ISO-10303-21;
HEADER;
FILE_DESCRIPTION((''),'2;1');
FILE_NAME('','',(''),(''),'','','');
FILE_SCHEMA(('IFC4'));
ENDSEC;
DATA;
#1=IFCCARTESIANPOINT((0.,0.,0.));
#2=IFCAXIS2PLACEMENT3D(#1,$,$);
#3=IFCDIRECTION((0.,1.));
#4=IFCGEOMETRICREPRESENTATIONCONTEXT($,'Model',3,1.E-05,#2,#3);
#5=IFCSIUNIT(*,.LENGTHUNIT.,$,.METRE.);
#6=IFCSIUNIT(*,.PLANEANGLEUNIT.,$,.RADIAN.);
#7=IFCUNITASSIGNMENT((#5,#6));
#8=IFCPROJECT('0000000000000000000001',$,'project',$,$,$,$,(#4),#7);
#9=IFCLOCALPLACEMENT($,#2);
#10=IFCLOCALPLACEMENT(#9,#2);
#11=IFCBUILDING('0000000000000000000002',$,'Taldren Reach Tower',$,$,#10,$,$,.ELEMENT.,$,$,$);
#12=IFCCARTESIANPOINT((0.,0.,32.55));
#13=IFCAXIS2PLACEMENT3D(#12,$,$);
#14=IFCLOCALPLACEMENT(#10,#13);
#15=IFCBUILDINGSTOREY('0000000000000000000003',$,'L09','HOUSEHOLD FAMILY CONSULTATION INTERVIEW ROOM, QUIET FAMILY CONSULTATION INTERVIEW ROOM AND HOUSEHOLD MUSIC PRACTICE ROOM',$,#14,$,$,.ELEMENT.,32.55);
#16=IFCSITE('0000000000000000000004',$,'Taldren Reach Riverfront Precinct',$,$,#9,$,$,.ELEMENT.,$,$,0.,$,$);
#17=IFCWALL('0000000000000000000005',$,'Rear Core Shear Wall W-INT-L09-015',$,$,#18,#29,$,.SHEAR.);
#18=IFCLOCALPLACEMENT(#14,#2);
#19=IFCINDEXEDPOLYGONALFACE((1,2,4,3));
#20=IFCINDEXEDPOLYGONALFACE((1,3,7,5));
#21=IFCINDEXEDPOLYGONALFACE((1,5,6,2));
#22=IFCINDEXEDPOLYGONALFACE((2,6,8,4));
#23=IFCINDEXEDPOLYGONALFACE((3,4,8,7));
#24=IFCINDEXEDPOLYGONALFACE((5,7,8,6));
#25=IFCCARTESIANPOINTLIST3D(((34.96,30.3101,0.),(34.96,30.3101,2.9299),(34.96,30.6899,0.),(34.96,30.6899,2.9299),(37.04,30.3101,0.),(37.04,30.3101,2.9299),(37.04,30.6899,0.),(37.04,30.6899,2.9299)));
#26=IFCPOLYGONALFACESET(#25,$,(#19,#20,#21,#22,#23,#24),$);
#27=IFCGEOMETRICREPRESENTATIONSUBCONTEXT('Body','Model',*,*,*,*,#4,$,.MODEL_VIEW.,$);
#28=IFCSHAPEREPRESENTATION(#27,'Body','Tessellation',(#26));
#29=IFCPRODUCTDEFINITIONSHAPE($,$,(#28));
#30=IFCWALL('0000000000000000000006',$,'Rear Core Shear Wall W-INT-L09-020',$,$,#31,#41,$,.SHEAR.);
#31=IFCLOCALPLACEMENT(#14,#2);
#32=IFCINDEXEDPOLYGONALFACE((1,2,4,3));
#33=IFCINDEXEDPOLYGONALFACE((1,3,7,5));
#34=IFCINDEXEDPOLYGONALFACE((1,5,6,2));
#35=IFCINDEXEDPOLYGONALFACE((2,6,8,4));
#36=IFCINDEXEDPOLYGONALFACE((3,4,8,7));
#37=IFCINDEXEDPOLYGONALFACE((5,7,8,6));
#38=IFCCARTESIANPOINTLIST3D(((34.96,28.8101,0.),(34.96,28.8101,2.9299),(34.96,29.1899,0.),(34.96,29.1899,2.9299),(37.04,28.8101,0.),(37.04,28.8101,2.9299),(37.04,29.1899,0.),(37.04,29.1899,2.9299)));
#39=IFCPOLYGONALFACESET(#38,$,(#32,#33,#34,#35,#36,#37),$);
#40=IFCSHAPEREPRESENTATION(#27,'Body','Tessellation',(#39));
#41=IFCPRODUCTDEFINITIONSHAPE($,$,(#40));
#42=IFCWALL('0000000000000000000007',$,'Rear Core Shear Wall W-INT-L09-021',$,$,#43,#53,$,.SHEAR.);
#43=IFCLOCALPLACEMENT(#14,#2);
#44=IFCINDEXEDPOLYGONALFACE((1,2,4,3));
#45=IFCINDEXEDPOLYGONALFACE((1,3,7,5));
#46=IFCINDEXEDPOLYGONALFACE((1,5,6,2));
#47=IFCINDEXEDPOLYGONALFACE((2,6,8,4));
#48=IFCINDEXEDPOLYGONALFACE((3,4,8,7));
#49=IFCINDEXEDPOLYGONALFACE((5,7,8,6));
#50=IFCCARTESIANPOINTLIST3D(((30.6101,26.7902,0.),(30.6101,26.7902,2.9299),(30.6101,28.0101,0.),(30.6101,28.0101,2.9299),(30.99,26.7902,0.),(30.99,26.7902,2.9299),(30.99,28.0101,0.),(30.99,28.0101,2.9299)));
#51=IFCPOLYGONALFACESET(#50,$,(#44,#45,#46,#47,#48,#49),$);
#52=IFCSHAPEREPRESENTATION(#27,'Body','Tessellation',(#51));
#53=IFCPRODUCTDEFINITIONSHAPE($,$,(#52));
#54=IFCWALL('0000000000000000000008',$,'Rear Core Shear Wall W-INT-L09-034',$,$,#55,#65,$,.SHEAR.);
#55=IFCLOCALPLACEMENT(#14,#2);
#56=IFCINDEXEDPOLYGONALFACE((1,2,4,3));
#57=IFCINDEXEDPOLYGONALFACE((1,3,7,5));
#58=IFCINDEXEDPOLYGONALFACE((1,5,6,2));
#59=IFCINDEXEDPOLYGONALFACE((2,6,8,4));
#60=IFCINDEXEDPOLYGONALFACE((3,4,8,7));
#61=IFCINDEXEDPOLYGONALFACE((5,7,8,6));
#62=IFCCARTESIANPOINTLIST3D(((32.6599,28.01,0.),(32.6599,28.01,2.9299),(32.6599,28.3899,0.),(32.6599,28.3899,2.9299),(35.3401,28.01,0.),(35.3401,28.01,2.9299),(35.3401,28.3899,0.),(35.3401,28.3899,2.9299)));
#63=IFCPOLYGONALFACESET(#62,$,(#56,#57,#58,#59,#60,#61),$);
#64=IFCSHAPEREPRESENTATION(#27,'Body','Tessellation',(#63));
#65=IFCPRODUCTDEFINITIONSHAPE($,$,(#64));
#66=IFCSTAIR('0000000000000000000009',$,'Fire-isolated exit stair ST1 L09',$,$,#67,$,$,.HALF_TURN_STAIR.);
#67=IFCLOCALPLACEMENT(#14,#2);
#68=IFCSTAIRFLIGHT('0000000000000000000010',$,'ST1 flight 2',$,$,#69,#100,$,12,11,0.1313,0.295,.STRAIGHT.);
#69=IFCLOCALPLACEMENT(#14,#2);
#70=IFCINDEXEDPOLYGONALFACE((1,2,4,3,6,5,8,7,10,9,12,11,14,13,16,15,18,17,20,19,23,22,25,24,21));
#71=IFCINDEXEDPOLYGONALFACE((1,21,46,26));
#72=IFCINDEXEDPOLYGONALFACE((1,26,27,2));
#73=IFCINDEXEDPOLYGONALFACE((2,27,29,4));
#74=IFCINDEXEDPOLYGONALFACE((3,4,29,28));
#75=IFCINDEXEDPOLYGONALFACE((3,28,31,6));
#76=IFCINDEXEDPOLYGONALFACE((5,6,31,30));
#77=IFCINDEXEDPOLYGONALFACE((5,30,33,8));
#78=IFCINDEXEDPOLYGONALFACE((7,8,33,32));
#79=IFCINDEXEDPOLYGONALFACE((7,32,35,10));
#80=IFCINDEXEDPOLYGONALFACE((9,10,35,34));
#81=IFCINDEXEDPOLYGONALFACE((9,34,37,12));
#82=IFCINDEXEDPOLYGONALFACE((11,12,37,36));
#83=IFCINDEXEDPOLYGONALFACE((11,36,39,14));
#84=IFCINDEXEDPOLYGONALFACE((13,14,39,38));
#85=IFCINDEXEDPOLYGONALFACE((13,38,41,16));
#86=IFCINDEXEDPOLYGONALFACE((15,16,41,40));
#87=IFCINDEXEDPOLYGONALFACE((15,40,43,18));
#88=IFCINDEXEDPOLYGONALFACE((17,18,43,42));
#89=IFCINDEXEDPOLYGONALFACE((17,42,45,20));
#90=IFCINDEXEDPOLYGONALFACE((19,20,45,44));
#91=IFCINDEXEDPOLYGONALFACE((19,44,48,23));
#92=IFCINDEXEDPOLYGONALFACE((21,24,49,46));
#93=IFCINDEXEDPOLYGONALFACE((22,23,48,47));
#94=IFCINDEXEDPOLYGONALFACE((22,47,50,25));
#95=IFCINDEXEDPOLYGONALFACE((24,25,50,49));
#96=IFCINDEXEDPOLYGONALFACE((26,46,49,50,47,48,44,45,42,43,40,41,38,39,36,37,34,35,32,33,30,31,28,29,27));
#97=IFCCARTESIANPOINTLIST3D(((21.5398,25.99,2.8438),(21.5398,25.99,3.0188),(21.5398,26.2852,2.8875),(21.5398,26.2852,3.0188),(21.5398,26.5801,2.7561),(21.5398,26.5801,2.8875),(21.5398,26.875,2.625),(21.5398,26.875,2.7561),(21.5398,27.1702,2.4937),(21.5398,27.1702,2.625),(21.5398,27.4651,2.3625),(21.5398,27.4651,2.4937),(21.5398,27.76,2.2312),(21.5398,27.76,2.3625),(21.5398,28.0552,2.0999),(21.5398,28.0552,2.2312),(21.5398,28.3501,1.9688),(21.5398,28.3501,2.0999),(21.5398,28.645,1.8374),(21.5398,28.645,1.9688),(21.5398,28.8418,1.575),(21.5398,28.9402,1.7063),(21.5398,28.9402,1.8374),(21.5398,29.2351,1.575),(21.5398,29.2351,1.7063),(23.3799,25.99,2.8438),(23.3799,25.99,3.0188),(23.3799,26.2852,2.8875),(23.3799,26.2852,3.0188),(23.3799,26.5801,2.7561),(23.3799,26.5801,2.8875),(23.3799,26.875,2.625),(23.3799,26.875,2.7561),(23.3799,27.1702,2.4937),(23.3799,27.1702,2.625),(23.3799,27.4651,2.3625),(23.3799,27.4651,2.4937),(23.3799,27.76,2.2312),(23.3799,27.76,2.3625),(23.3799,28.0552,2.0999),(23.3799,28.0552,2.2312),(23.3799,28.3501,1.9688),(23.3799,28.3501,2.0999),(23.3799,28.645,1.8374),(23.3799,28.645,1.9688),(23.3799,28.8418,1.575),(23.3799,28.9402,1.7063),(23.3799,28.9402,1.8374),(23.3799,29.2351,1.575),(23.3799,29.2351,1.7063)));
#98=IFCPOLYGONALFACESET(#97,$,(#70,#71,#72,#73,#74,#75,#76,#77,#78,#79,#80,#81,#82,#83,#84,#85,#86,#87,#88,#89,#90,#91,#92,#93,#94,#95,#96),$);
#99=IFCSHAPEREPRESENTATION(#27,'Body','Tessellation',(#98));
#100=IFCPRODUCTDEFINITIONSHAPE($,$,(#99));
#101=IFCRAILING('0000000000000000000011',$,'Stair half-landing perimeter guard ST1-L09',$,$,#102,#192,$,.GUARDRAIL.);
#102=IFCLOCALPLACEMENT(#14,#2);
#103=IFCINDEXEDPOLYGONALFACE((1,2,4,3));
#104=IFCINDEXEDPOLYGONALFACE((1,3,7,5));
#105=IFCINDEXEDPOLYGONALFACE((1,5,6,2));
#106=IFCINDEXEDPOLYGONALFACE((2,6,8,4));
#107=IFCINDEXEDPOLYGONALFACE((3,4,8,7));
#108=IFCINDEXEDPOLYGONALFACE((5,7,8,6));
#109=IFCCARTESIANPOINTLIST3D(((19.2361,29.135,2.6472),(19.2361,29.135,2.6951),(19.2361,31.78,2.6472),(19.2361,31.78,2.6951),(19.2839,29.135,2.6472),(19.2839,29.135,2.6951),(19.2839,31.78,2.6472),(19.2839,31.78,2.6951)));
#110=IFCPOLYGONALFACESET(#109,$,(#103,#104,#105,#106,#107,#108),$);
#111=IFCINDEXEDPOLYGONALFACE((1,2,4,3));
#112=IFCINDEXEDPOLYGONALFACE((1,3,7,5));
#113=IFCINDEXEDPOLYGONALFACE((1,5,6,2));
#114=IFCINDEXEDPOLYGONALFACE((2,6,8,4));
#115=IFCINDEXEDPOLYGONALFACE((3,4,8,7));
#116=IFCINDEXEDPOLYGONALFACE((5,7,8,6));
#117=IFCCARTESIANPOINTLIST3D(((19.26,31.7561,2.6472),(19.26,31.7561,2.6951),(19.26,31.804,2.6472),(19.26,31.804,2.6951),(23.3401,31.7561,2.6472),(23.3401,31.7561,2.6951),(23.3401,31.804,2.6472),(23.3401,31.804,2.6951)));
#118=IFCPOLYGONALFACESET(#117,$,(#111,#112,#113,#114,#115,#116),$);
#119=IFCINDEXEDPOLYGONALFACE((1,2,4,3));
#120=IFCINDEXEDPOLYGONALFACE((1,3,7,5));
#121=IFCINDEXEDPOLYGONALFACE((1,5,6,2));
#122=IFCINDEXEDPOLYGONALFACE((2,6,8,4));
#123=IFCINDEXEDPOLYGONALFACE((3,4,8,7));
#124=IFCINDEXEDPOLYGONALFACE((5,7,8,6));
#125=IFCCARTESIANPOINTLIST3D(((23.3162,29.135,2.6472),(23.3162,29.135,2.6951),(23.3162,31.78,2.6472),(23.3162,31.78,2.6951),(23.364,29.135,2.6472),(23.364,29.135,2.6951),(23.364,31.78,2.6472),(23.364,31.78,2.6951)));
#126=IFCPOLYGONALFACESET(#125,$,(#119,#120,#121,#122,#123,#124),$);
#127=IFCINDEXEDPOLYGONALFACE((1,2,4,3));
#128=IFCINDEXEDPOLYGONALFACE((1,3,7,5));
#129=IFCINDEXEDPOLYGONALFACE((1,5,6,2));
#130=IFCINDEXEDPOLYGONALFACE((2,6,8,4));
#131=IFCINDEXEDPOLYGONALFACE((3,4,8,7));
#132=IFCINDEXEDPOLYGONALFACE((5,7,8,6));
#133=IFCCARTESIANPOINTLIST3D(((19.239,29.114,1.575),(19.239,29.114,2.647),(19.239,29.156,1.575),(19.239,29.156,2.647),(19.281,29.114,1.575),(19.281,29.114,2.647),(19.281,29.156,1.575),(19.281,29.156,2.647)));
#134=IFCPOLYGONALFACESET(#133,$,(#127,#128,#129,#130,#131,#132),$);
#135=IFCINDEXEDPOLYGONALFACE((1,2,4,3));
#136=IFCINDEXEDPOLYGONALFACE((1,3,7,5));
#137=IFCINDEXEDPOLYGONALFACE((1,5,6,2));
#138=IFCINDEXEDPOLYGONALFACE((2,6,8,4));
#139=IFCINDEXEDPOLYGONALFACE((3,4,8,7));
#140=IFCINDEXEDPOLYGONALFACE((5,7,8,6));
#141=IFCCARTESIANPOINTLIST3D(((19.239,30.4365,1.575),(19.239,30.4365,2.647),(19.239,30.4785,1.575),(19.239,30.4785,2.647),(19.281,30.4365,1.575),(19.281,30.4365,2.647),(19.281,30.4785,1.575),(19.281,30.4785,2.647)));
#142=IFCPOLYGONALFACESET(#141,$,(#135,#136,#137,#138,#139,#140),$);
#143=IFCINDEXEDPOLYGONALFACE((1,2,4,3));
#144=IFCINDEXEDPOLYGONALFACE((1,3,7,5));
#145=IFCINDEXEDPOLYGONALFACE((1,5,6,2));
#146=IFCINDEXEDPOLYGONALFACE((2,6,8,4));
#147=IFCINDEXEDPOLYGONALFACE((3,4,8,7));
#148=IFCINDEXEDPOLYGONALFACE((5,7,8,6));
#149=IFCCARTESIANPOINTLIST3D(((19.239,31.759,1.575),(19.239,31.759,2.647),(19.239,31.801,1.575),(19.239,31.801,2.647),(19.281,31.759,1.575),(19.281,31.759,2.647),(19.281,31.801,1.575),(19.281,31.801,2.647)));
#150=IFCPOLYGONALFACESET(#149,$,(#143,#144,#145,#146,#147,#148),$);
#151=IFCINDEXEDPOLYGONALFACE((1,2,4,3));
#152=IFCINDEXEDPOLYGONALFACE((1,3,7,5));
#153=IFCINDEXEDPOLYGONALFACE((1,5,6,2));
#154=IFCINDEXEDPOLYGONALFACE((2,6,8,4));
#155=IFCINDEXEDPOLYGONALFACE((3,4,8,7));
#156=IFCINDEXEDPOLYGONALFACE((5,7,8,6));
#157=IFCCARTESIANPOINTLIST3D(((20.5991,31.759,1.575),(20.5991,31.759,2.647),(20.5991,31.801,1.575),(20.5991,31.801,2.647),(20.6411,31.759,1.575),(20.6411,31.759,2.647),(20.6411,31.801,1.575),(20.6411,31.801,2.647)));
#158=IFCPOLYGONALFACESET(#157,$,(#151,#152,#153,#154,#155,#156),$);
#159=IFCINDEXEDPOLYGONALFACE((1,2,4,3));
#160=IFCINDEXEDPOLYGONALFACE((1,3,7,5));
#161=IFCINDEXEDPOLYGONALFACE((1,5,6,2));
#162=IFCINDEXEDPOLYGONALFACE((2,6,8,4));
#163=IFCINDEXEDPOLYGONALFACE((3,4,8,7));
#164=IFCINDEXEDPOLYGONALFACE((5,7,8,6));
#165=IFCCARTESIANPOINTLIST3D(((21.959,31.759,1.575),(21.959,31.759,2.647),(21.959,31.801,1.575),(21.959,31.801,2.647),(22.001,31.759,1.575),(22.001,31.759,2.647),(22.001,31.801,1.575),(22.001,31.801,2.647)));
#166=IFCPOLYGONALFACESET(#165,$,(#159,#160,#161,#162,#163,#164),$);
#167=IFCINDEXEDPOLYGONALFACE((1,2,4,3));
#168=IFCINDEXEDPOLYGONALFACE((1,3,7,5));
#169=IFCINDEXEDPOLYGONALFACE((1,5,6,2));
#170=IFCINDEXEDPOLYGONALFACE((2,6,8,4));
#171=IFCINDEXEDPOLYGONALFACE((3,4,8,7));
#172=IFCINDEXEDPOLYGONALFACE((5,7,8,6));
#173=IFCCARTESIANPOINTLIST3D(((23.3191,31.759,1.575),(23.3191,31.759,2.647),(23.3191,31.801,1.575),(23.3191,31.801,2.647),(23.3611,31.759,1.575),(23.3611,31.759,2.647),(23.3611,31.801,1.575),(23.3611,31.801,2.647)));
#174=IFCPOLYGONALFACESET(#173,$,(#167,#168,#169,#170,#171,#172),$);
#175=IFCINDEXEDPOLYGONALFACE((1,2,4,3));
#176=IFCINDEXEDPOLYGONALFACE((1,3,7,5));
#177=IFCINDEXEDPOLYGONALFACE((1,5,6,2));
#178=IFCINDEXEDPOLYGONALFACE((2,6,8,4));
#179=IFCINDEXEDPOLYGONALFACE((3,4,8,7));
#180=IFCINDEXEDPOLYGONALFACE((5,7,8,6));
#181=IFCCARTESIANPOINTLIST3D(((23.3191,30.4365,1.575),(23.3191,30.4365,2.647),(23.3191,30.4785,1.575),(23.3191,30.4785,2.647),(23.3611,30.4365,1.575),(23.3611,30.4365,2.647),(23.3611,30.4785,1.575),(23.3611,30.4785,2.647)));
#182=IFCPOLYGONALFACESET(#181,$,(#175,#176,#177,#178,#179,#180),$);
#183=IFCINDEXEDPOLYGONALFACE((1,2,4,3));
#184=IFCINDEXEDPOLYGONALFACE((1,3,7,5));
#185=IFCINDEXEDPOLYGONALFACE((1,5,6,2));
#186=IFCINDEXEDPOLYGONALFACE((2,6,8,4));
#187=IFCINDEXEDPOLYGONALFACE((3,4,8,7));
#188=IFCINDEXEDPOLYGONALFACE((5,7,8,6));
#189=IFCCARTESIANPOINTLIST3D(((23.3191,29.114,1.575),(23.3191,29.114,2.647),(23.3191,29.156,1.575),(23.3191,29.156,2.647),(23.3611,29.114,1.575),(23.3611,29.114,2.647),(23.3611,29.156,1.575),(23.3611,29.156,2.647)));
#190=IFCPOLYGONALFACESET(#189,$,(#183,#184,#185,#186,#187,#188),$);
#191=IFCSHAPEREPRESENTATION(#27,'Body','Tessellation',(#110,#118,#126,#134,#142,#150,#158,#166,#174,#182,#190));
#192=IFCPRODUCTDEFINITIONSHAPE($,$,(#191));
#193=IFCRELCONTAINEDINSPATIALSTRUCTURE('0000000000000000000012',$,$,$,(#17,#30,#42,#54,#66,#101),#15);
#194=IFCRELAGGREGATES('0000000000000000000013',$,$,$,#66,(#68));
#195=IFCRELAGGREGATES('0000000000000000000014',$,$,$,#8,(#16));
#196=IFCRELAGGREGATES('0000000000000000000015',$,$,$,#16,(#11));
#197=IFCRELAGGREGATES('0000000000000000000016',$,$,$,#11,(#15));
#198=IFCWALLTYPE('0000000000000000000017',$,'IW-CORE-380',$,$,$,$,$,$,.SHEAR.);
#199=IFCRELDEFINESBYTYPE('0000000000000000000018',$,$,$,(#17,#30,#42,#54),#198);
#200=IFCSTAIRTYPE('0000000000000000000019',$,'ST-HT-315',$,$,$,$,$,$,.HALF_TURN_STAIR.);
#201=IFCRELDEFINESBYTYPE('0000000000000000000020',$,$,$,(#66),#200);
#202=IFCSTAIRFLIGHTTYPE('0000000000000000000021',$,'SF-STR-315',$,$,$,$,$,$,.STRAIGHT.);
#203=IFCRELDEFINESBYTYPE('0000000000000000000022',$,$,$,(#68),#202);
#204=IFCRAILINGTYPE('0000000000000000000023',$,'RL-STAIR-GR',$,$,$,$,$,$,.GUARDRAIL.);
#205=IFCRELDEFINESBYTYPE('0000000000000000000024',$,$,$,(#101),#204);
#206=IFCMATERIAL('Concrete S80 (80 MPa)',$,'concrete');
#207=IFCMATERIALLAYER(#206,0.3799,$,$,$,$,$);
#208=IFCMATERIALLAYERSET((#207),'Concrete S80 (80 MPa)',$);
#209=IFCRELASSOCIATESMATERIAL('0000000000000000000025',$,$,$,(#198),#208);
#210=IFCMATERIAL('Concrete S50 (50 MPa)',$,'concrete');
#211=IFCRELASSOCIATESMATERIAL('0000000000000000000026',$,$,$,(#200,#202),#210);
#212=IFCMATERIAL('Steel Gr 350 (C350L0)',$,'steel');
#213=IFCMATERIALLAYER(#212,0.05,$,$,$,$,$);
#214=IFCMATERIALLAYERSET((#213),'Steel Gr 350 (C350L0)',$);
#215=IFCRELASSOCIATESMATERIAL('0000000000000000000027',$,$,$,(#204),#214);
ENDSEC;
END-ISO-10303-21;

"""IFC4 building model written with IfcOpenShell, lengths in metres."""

from ifc_helpers import new_model, si_unit, direction, frame, frame_2d, origin, origin_2d, place, context, subcontext, project, spatial, polyline, rectangle, outline, extrude, source, transform, mapped, material, layer, layer_set, type_object, element, aggregate, save


model = new_model("IFC4")

# Units and contexts
model_context = context("Model", 3, precision=1e-05, world=origin(), true_north=direction((0.0, 1.0)))
body_context = subcontext(model_context, "Body", "Model", "MODEL_VIEW")
ifc_project = project(units=[si_unit("LENGTHUNIT", "METRE"), si_unit("PLANEANGLEUNIT", "RADIAN")], contexts=[model_context])

# Site, building, storey
site_placement = place(None, origin())
site = spatial("IfcSite", under=ifc_project, at=site_placement, Name="Taldren Reach Riverfront Precinct", CompositionType="ELEMENT", RefElevation=0.0)
building_placement = place(site_placement, origin())
building = spatial("IfcBuilding", under=site, at=building_placement, Name="Taldren Reach Tower", CompositionType="ELEMENT")
storey_placement = place(building_placement, frame((0.0, 0.0, 32.55)))
storey = spatial("IfcBuildingStorey", under=building, at=storey_placement, Name="L09", Description="HOUSEHOLD FAMILY CONSULTATION INTERVIEW ROOM, QUIET FAMILY CONSULTATION INTERVIEW ROOM AND HOUSEHOLD MUSIC PRACTICE ROOM", CompositionType="ELEMENT", Elevation=32.55)

# Shared definitions
ifc_material_1 = material(Name="Concrete S80 (80 MPa)", Category="concrete")
ifc_layer_1 = layer(ifc_material_1, 0.3799)
ifc_layer_set_1 = layer_set([ifc_layer_1], Name="Concrete S80 (80 MPa)")
wall_type = type_object("IfcWallType", Name="IW-CORE-380", PredefinedType="SHEAR", material=ifc_layer_set_1)

# Walls
shared_shape_1 = source(origin(), body_context, "Body", "SweptSolid", [
    extrude(rectangle(XDim=2.0801, YDim=0.3799, at=frame_2d((1.04, 0.0))), origin(), (0.0, 0.0, 1.0), 2.9299),
])
for number, where, z_axis, x_axis, name in (
    (1, (34.96, 30.5, 0.0), (0.0, 0.0, 1.0), (1.0, 0.0, 0.0), "Rear Core Shear Wall W-INT-L09-015"),
    (2, (34.96, 29.0, 0.0), (0.0, 0.0, 1.0), (1.0, 0.0, 0.0), "Rear Core Shear Wall W-INT-L09-020"),
):
    element("IfcWall", number, at=place(storey_placement, frame(where, z_axis=z_axis, x_axis=x_axis)), inside=storey, type_object=wall_type, Name=name, PredefinedType="SHEAR", context=body_context, shape_type="MappedRepresentation", body=[
        mapped(shared_shape_1, transform((0.0, 0.0, 0.0), scale=1.0)),
    ])
shared_shape_2 = source(origin(), body_context, "Body", "SweptSolid", [
    extrude(rectangle(XDim=1.22, YDim=0.3799, at=frame_2d((0.6099, 0.0))), origin(), (0.0, 0.0, 1.0), 2.9299),
])
wall_1_placement = place(storey_placement, frame((30.8, 28.01, 0.0), z_axis=(0.0, 0.0, 1.0), x_axis=(0.0, -1.0, 0.0)))
element("IfcWall", 3, at=wall_1_placement, inside=storey, type_object=wall_type, Name="Rear Core Shear Wall W-INT-L09-021", PredefinedType="SHEAR", context=body_context, shape_type="MappedRepresentation", body=[
    mapped(shared_shape_2, transform((0.0, 0.0, 0.0), scale=1.0)),
])

# Wall
shared_shape_3 = source(origin(), body_context, "Body", "SweptSolid", [
    extrude(rectangle(XDim=2.6802, YDim=0.3799, at=frame_2d((1.3401, 0.0))), origin(), (0.0, 0.0, 1.0), 2.9299),
])
wall_2_placement = place(storey_placement, frame((32.6599, 28.2, 0.0), z_axis=(0.0, 0.0, 1.0), x_axis=(1.0, 0.0, 0.0)))
element("IfcWall", 4, at=wall_2_placement, inside=storey, type_object=wall_type, Name="Rear Core Shear Wall W-INT-L09-034", PredefinedType="SHEAR", context=body_context, shape_type="MappedRepresentation", body=[
    mapped(shared_shape_3, transform((0.0, 0.0, 0.0), scale=1.0)),
])

# Stair, stair flight
ifc_material_2 = material(Name="Concrete S50 (50 MPa)", Category="concrete")
stair_type = type_object("IfcStairType", Name="ST-HT-315", PredefinedType="HALF_TURN_STAIR", material=ifc_material_2)
stair_placement = place(storey_placement, origin())
stair = element("IfcStair", 5, at=stair_placement, inside=storey, type_object=stair_type, Name="Fire-isolated exit stair ST1 L09", PredefinedType="HALF_TURN_STAIR")
stair_flight_type = type_object("IfcStairFlightType", Name="SF-STR-315", PredefinedType="STRAIGHT", material=ifc_material_2)
stair_flight_placement = place(storey_placement, frame((22.46, 29.2351, 1.575), z_axis=(0.0, 0.0, 1.0), x_axis=(0.0, -1.0, 0.0)))
stair_flight = element("IfcStairFlight", 6, at=stair_flight_placement, type_object=stair_flight_type, Name="ST1 flight 2", NumberOfRisers=12, NumberOfTreads=11, PredefinedType="STRAIGHT", RiserHeight=0.1313, TreadLength=0.295, context=body_context, shape_type="SweptSolid", body=[
    extrude(outline(polyline([(0.0, 0.0), (0.0, 0.1313), (0.2949, 0.1313), (0.2949, 0.2625), (0.5901, 0.2625), (0.5901, 0.3938), (0.885, 0.3938), (0.885, 0.5249), (1.1799, 0.5249), (1.1799, 0.6562), (1.4751, 0.6562), (1.4751, 0.7876), (1.77, 0.7876), (1.77, 0.9187), (2.0649, 0.9187), (2.0649, 1.05), (2.3601, 1.05), (2.3601, 1.1812), (2.655, 1.1812), (2.655, 1.3125), (2.95, 1.3125), (2.95, 1.4438), (3.2451, 1.4438), (3.2451, 1.575), (3.2451, 1.2688), (0.3933, 0.0), (0.0, 0.0)])), frame((0.0, 0.9199, 0.0), z_axis=(0.0, -1.0, 0.0), x_axis=(1.0, 0.0, 0.0)), (0.0, 0.0, 1.0), 1.8401),
])
aggregate(stair, [stair_flight])

# Railing
ifc_material_3 = material(Name="Steel Gr 350 (C350L0)", Category="steel")
ifc_layer_2 = layer(ifc_material_3, 0.05)
ifc_layer_set_2 = layer_set([ifc_layer_2], Name="Steel Gr 350 (C350L0)")
railing_type_1 = type_object("IfcRailingType", Name="RL-STAIR-GR", PredefinedType="GUARDRAIL", material=ifc_layer_set_2)
railing_1_placement = place(storey_placement, frame((19.26, 29.135, 1.575)))
element("IfcRailing", 7, at=railing_1_placement, inside=storey, type_object=railing_type_1, Name="Stair half-landing perimeter guard ST1-L09", PredefinedType="GUARDRAIL", context=body_context, shape_type="SweptSolid", body=[
    extrude(rectangle(XDim=0.0479, YDim=0.0479, at=origin_2d()), frame((0.0, 0.0, 1.0962), z_axis=(0.0, 1.0, 0.0), x_axis=(-1.0, 0.0, 0.0)), (0.0, 0.0, 1.0), 2.645),
    extrude(rectangle(XDim=0.0479, YDim=0.0479, at=origin_2d()), frame((0.0, 2.645, 1.0962), z_axis=(1.0, 0.0, 0.0), x_axis=(0.0, 1.0, 0.0)), (0.0, 0.0, 1.0), 4.0801),
    extrude(rectangle(XDim=0.0479, YDim=0.0479, at=origin_2d()), frame((4.0801, 2.645, 1.0962), z_axis=(0.0, -1.0, 0.0), x_axis=(1.0, 0.0, 0.0)), (0.0, 0.0, 1.0), 2.645),
    extrude(rectangle(XDim=0.042, YDim=0.042, at=origin_2d()), origin(), (0.0, 0.0, 1.0), 1.072),
    extrude(rectangle(XDim=0.042, YDim=0.042, at=origin_2d()), frame((0.0, 1.3225, 0.0)), (0.0, 0.0, 1.0), 1.072),
    extrude(rectangle(XDim=0.042, YDim=0.042, at=origin_2d()), frame((0.0, 2.645, 0.0)), (0.0, 0.0, 1.0), 1.072),
    extrude(rectangle(XDim=0.042, YDim=0.042, at=origin_2d()), frame((1.3601, 2.645, 0.0)), (0.0, 0.0, 1.0), 1.072),
    extrude(rectangle(XDim=0.042, YDim=0.042, at=origin_2d()), frame((2.72, 2.645, 0.0)), (0.0, 0.0, 1.0), 1.072),
    extrude(rectangle(XDim=0.042, YDim=0.042, at=origin_2d()), frame((4.0801, 2.645, 0.0)), (0.0, 0.0, 1.0), 1.072),
    extrude(rectangle(XDim=0.042, YDim=0.042, at=origin_2d()), frame((4.0801, 1.3225, 0.0)), (0.0, 0.0, 1.0), 1.072),
    extrude(rectangle(XDim=0.042, YDim=0.042, at=origin_2d()), frame((4.0801, 0.0, 0.0)), (0.0, 0.0, 1.0), 1.072),
])

save(model, "model.ifc")
